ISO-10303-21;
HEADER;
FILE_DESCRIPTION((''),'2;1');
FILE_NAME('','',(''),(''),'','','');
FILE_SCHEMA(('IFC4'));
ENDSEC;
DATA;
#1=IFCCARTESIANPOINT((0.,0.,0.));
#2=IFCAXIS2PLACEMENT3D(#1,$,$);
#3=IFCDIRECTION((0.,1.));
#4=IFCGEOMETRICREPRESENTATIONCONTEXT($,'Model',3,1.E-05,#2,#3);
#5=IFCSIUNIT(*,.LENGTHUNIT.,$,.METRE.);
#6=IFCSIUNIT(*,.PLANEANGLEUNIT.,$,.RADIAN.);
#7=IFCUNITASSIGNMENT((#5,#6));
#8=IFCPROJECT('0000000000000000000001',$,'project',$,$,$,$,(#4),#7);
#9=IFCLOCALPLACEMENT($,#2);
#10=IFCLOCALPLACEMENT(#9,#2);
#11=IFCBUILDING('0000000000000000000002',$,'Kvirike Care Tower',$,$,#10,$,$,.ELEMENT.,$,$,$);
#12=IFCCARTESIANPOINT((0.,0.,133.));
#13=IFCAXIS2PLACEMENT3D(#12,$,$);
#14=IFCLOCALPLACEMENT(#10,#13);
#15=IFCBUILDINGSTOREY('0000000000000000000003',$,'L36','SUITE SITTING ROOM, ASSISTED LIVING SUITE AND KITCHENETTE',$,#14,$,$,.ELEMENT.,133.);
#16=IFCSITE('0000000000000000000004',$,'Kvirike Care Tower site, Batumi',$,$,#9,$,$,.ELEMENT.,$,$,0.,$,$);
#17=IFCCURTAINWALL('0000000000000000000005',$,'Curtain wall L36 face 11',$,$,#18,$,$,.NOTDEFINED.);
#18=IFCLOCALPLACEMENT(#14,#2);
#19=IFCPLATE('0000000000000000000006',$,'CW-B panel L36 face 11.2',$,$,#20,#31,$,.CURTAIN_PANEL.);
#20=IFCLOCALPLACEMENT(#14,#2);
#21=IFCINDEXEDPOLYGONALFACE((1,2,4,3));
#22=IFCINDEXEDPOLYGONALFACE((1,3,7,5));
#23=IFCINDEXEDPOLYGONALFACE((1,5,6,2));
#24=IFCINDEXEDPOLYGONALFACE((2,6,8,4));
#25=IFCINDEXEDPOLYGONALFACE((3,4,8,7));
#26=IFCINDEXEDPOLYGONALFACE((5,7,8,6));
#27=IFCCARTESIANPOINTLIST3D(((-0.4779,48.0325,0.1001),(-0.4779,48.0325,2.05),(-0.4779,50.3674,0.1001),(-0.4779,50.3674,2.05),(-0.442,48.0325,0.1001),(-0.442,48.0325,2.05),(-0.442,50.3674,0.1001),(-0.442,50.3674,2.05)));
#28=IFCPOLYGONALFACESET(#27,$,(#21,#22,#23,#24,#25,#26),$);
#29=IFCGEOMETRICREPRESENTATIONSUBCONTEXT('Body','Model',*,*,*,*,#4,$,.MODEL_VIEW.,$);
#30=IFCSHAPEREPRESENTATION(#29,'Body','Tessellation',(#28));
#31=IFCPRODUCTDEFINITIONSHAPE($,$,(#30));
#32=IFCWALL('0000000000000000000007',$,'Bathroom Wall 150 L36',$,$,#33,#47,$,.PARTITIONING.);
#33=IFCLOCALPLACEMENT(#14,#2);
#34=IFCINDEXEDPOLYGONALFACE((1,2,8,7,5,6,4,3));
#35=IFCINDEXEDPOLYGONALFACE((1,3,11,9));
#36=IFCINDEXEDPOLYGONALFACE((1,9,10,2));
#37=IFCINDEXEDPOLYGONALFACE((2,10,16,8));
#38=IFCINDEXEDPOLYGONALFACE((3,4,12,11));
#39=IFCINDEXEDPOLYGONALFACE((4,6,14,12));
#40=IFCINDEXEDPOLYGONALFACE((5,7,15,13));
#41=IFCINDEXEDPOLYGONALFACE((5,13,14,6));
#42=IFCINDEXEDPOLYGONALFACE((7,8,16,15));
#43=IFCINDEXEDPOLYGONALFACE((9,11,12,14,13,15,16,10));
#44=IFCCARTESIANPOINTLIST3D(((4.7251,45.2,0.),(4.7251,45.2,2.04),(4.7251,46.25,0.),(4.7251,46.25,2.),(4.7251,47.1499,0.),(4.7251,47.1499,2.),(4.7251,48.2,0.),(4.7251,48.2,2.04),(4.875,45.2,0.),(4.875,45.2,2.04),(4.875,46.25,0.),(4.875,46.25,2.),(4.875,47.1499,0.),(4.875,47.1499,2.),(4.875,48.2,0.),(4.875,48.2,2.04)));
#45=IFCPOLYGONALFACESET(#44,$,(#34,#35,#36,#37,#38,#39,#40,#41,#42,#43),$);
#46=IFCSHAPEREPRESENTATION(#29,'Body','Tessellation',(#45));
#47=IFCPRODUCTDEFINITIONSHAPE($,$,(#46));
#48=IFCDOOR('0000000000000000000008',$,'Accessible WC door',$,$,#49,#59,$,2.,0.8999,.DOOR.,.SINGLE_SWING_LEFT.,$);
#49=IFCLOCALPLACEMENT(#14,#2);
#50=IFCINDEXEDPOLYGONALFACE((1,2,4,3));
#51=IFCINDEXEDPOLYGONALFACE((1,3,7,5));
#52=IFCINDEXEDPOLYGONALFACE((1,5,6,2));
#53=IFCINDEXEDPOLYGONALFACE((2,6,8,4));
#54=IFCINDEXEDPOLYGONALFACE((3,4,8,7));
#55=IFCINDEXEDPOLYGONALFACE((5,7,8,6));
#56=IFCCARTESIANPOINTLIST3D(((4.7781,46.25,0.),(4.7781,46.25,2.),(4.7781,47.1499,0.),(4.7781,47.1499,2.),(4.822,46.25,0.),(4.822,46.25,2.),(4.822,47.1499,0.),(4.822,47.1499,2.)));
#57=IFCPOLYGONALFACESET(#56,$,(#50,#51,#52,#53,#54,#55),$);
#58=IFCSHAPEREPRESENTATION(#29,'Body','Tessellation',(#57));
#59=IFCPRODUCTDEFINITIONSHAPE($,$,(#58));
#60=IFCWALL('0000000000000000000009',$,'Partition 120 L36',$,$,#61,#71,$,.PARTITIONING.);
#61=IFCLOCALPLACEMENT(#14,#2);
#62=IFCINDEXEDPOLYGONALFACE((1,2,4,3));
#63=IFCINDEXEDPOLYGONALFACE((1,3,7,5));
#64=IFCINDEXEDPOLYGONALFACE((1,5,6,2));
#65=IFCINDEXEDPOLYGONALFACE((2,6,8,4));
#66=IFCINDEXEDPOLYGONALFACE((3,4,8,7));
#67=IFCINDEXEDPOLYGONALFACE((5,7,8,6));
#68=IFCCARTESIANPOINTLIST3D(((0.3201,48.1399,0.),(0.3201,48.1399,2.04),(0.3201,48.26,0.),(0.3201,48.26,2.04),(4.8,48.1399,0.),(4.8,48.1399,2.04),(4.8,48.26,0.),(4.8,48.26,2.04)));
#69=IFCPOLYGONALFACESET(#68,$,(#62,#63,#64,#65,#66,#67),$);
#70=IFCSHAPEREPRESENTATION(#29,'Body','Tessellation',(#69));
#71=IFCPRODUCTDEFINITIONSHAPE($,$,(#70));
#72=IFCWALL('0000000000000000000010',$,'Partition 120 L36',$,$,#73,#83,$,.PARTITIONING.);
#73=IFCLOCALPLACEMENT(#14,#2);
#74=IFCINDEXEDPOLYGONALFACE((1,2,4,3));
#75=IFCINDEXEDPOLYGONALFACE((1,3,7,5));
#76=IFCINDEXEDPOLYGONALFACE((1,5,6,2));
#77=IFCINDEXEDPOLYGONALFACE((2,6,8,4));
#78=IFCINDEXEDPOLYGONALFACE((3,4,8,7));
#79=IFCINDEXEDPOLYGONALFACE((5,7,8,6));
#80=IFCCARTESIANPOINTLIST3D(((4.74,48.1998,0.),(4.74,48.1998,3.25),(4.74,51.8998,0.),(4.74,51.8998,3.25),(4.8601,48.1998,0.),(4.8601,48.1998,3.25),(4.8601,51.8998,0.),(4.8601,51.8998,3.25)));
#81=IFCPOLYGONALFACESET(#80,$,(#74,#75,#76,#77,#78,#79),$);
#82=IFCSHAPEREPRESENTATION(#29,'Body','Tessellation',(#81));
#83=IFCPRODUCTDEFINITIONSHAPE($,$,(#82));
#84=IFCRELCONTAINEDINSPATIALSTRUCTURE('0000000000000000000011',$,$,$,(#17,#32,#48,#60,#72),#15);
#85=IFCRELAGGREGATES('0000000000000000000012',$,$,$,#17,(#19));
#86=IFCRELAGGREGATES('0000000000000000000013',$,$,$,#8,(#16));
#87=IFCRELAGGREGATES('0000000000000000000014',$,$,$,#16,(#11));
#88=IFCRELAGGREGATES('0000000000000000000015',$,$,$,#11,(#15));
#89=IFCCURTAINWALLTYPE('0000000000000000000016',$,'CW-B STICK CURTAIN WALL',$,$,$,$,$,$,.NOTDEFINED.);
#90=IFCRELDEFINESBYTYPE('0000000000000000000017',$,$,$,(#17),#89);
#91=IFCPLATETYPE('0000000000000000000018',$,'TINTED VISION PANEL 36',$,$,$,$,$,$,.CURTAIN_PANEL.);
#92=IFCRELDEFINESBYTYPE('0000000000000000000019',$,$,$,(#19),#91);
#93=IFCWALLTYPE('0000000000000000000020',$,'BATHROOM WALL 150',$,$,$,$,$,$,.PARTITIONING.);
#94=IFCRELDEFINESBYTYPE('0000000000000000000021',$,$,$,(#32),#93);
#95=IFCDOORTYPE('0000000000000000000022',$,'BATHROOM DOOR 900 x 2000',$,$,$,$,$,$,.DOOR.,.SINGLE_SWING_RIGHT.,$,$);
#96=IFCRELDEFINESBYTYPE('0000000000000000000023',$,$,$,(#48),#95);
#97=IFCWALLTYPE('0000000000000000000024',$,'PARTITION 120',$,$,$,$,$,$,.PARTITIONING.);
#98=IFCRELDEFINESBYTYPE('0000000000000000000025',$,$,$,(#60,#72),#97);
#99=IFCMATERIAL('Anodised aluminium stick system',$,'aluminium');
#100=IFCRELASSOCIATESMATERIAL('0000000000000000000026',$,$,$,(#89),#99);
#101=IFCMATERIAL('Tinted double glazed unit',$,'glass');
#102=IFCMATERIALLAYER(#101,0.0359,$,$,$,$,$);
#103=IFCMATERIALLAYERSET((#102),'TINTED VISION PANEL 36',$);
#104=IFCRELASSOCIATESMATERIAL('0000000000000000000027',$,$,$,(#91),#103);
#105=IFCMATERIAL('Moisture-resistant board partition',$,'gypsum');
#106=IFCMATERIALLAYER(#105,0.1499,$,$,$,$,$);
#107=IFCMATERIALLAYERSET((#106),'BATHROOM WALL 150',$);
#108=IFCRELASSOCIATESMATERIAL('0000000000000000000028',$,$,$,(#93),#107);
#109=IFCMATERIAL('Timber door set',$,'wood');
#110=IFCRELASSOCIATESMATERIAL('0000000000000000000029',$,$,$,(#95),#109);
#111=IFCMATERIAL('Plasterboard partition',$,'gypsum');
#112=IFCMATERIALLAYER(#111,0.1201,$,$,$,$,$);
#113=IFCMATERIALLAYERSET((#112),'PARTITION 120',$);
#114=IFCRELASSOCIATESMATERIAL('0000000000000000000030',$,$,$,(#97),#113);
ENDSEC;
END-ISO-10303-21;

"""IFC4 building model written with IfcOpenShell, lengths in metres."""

from ifc_helpers import new_model, si_unit, direction, frame, frame_2d, origin, origin_2d, place, context, subcontext, project, spatial, rectangle, extrude, material, layer, layer_set, type_object, element, fill, aggregate, save


model = new_model("IFC4")

# Units and contexts
model_context = context("Model", 3, precision=1e-05, world=origin(), true_north=direction((0.0, 1.0)))
body_context = subcontext(model_context, "Body", "Model", "MODEL_VIEW")
ifc_project = project(units=[si_unit("LENGTHUNIT", "METRE"), si_unit("PLANEANGLEUNIT", "RADIAN")], contexts=[model_context])

# Site, building, storey
site_placement = place(None, origin())
site = spatial("IfcSite", under=ifc_project, at=site_placement, Name="Kvirike Care Tower site, Batumi", CompositionType="ELEMENT", RefElevation=0.0)
building_placement = place(site_placement, origin())
building = spatial("IfcBuilding", under=site, at=building_placement, Name="Kvirike Care Tower", CompositionType="ELEMENT")
storey_placement = place(building_placement, frame((0.0, 0.0, 133.0)))
storey = spatial("IfcBuildingStorey", under=building, at=storey_placement, Name="L36", Description="SUITE SITTING ROOM, ASSISTED LIVING SUITE AND KITCHENETTE", CompositionType="ELEMENT", Elevation=133.0)

# Curtain wall
ifc_material_1 = material(Name="Anodised aluminium stick system", Category="aluminium")
curtain_wall_type = type_object("IfcCurtainWallType", Name="CW-B STICK CURTAIN WALL", PredefinedType="NOTDEFINED", material=ifc_material_1)
curtain_wall_1_placement = place(storey_placement, origin())
curtain_wall_1 = element("IfcCurtainWall", 1, at=curtain_wall_1_placement, inside=storey, type_object=curtain_wall_type, Name="Curtain wall L36 face 11", PredefinedType="NOTDEFINED")

# Plate
ifc_material_2 = material(Name="Tinted double glazed unit", Category="glass")
ifc_layer_1 = layer(ifc_material_2, 0.0359)
ifc_layer_set_1 = layer_set([ifc_layer_1], Name="TINTED VISION PANEL 36")
plate_type = type_object("IfcPlateType", Name="TINTED VISION PANEL 36", PredefinedType="CURTAIN_PANEL", material=ifc_layer_set_1)
plate_1_placement = place(storey_placement, frame((-0.46, 49.2, 0.1001), z_axis=(0.0, 0.0, 1.0), x_axis=(0.0, -1.0, 0.0)))
plate_1 = element("IfcPlate", 2, at=plate_1_placement, type_object=plate_type, Name="CW-B panel L36 face 11.2", PredefinedType="CURTAIN_PANEL", context=body_context, shape_type="SweptSolid", body=[
    extrude(rectangle(XDim=2.335, YDim=0.0359, at=origin_2d()), origin(), (0.0, 0.0, 1.0), 1.95),
])
aggregate(curtain_wall_1, [plate_1])

# Wall, opening, door
ifc_material_3 = material(Name="Moisture-resistant board partition", Category="gypsum")
ifc_layer_2 = layer(ifc_material_3, 0.1499)
ifc_layer_set_2 = layer_set([ifc_layer_2], Name="BATHROOM WALL 150")
wall_type_1 = type_object("IfcWallType", Name="BATHROOM WALL 150", PredefinedType="PARTITIONING", material=ifc_layer_set_2)
wall_1_placement = place(storey_placement, frame((4.8, 48.2, 0.0), z_axis=(0.0, 0.0, 1.0), x_axis=(0.0, -1.0, 0.0)))
wall_1 = element("IfcWall", 3, at=wall_1_placement, inside=storey, type_object=wall_type_1, Name="Bathroom Wall 150 L36", PredefinedType="PARTITIONING", context=body_context, shape_type="SweptSolid", body=[
    extrude(rectangle(XDim=3.0, YDim=0.1499, at=frame_2d((1.5, 0.0))), origin(), (0.0, 0.0, 1.0), 2.04),
])
opening_placement = place(wall_1_placement, frame((1.05, 0.0, 0.0)))
opening = element("IfcOpeningElement", 4, at=opening_placement, cuts=wall_1, PredefinedType="OPENING", context=body_context, shape_type="SweptSolid", body=[
    extrude(rectangle(XDim=0.8999, YDim=2.0, at=frame_2d((0.45, 1.0))), frame((0.0, 0.0854, 0.0), z_axis=(0.0, -1.0, 0.0), x_axis=(1.0, 0.0, 0.0)), (0.0, 0.0, 1.0), 0.1709),
])
ifc_material_4 = material(Name="Timber door set", Category="wood")
door_type = type_object("IfcDoorType", Name="BATHROOM DOOR 900 x 2000", OperationType="SINGLE_SWING_RIGHT", PredefinedType="DOOR", material=ifc_material_4)
door_placement = place(opening_placement, frame((0.8999, 0.0, 0.0), z_axis=(0.0, 0.0, 1.0), x_axis=(-1.0, 0.0, 0.0)))
door = element("IfcDoor", 5, at=door_placement, inside=storey, type_object=door_type, Name="Accessible WC door", OperationType="SINGLE_SWING_LEFT", OverallHeight=2.0, OverallWidth=0.8999, PredefinedType="DOOR", context=body_context, shape_type="SweptSolid", body=[
    extrude(rectangle(XDim=0.8999, YDim=2.0, at=frame_2d((0.45, 1.0))), frame((0.0, 0.022, 0.0), z_axis=(0.0, -1.0, 0.0), x_axis=(1.0, 0.0, 0.0)), (0.0, 0.0, 1.0), 0.0439),
])
fill(opening, door)

# Walls
ifc_material_5 = material(Name="Plasterboard partition", Category="gypsum")
ifc_layer_3 = layer(ifc_material_5, 0.1201)
ifc_layer_set_3 = layer_set([ifc_layer_3], Name="PARTITION 120")
wall_type_2 = type_object("IfcWallType", Name="PARTITION 120", PredefinedType="PARTITIONING", material=ifc_layer_set_3)
wall_2_placement = place(storey_placement, frame((4.8, 48.2, 0.0), z_axis=(0.0, 0.0, 1.0), x_axis=(-1.0, 0.0, 0.0)))
element("IfcWall", 6, at=wall_2_placement, inside=storey, type_object=wall_type_2, Name="Partition 120 L36", PredefinedType="PARTITIONING", context=body_context, shape_type="SweptSolid", body=[
    extrude(rectangle(XDim=4.48, YDim=0.1201, at=frame_2d((2.24, 0.0))), origin(), (0.0, 0.0, 1.0), 2.04),
])
wall_3_placement = place(storey_placement, frame((4.8, 51.8999, 0.0), z_axis=(0.0, 0.0, 1.0), x_axis=(0.0, -1.0, 0.0)))
element("IfcWall", 7, at=wall_3_placement, inside=storey, type_object=wall_type_2, Name="Partition 120 L36", PredefinedType="PARTITIONING", context=body_context, shape_type="SweptSolid", body=[
    extrude(rectangle(XDim=3.7, YDim=0.1201, at=frame_2d((1.8501, 0.0))), origin(), (0.0, 0.0, 1.0), 3.25),
])

save(model, "model.ifc")
